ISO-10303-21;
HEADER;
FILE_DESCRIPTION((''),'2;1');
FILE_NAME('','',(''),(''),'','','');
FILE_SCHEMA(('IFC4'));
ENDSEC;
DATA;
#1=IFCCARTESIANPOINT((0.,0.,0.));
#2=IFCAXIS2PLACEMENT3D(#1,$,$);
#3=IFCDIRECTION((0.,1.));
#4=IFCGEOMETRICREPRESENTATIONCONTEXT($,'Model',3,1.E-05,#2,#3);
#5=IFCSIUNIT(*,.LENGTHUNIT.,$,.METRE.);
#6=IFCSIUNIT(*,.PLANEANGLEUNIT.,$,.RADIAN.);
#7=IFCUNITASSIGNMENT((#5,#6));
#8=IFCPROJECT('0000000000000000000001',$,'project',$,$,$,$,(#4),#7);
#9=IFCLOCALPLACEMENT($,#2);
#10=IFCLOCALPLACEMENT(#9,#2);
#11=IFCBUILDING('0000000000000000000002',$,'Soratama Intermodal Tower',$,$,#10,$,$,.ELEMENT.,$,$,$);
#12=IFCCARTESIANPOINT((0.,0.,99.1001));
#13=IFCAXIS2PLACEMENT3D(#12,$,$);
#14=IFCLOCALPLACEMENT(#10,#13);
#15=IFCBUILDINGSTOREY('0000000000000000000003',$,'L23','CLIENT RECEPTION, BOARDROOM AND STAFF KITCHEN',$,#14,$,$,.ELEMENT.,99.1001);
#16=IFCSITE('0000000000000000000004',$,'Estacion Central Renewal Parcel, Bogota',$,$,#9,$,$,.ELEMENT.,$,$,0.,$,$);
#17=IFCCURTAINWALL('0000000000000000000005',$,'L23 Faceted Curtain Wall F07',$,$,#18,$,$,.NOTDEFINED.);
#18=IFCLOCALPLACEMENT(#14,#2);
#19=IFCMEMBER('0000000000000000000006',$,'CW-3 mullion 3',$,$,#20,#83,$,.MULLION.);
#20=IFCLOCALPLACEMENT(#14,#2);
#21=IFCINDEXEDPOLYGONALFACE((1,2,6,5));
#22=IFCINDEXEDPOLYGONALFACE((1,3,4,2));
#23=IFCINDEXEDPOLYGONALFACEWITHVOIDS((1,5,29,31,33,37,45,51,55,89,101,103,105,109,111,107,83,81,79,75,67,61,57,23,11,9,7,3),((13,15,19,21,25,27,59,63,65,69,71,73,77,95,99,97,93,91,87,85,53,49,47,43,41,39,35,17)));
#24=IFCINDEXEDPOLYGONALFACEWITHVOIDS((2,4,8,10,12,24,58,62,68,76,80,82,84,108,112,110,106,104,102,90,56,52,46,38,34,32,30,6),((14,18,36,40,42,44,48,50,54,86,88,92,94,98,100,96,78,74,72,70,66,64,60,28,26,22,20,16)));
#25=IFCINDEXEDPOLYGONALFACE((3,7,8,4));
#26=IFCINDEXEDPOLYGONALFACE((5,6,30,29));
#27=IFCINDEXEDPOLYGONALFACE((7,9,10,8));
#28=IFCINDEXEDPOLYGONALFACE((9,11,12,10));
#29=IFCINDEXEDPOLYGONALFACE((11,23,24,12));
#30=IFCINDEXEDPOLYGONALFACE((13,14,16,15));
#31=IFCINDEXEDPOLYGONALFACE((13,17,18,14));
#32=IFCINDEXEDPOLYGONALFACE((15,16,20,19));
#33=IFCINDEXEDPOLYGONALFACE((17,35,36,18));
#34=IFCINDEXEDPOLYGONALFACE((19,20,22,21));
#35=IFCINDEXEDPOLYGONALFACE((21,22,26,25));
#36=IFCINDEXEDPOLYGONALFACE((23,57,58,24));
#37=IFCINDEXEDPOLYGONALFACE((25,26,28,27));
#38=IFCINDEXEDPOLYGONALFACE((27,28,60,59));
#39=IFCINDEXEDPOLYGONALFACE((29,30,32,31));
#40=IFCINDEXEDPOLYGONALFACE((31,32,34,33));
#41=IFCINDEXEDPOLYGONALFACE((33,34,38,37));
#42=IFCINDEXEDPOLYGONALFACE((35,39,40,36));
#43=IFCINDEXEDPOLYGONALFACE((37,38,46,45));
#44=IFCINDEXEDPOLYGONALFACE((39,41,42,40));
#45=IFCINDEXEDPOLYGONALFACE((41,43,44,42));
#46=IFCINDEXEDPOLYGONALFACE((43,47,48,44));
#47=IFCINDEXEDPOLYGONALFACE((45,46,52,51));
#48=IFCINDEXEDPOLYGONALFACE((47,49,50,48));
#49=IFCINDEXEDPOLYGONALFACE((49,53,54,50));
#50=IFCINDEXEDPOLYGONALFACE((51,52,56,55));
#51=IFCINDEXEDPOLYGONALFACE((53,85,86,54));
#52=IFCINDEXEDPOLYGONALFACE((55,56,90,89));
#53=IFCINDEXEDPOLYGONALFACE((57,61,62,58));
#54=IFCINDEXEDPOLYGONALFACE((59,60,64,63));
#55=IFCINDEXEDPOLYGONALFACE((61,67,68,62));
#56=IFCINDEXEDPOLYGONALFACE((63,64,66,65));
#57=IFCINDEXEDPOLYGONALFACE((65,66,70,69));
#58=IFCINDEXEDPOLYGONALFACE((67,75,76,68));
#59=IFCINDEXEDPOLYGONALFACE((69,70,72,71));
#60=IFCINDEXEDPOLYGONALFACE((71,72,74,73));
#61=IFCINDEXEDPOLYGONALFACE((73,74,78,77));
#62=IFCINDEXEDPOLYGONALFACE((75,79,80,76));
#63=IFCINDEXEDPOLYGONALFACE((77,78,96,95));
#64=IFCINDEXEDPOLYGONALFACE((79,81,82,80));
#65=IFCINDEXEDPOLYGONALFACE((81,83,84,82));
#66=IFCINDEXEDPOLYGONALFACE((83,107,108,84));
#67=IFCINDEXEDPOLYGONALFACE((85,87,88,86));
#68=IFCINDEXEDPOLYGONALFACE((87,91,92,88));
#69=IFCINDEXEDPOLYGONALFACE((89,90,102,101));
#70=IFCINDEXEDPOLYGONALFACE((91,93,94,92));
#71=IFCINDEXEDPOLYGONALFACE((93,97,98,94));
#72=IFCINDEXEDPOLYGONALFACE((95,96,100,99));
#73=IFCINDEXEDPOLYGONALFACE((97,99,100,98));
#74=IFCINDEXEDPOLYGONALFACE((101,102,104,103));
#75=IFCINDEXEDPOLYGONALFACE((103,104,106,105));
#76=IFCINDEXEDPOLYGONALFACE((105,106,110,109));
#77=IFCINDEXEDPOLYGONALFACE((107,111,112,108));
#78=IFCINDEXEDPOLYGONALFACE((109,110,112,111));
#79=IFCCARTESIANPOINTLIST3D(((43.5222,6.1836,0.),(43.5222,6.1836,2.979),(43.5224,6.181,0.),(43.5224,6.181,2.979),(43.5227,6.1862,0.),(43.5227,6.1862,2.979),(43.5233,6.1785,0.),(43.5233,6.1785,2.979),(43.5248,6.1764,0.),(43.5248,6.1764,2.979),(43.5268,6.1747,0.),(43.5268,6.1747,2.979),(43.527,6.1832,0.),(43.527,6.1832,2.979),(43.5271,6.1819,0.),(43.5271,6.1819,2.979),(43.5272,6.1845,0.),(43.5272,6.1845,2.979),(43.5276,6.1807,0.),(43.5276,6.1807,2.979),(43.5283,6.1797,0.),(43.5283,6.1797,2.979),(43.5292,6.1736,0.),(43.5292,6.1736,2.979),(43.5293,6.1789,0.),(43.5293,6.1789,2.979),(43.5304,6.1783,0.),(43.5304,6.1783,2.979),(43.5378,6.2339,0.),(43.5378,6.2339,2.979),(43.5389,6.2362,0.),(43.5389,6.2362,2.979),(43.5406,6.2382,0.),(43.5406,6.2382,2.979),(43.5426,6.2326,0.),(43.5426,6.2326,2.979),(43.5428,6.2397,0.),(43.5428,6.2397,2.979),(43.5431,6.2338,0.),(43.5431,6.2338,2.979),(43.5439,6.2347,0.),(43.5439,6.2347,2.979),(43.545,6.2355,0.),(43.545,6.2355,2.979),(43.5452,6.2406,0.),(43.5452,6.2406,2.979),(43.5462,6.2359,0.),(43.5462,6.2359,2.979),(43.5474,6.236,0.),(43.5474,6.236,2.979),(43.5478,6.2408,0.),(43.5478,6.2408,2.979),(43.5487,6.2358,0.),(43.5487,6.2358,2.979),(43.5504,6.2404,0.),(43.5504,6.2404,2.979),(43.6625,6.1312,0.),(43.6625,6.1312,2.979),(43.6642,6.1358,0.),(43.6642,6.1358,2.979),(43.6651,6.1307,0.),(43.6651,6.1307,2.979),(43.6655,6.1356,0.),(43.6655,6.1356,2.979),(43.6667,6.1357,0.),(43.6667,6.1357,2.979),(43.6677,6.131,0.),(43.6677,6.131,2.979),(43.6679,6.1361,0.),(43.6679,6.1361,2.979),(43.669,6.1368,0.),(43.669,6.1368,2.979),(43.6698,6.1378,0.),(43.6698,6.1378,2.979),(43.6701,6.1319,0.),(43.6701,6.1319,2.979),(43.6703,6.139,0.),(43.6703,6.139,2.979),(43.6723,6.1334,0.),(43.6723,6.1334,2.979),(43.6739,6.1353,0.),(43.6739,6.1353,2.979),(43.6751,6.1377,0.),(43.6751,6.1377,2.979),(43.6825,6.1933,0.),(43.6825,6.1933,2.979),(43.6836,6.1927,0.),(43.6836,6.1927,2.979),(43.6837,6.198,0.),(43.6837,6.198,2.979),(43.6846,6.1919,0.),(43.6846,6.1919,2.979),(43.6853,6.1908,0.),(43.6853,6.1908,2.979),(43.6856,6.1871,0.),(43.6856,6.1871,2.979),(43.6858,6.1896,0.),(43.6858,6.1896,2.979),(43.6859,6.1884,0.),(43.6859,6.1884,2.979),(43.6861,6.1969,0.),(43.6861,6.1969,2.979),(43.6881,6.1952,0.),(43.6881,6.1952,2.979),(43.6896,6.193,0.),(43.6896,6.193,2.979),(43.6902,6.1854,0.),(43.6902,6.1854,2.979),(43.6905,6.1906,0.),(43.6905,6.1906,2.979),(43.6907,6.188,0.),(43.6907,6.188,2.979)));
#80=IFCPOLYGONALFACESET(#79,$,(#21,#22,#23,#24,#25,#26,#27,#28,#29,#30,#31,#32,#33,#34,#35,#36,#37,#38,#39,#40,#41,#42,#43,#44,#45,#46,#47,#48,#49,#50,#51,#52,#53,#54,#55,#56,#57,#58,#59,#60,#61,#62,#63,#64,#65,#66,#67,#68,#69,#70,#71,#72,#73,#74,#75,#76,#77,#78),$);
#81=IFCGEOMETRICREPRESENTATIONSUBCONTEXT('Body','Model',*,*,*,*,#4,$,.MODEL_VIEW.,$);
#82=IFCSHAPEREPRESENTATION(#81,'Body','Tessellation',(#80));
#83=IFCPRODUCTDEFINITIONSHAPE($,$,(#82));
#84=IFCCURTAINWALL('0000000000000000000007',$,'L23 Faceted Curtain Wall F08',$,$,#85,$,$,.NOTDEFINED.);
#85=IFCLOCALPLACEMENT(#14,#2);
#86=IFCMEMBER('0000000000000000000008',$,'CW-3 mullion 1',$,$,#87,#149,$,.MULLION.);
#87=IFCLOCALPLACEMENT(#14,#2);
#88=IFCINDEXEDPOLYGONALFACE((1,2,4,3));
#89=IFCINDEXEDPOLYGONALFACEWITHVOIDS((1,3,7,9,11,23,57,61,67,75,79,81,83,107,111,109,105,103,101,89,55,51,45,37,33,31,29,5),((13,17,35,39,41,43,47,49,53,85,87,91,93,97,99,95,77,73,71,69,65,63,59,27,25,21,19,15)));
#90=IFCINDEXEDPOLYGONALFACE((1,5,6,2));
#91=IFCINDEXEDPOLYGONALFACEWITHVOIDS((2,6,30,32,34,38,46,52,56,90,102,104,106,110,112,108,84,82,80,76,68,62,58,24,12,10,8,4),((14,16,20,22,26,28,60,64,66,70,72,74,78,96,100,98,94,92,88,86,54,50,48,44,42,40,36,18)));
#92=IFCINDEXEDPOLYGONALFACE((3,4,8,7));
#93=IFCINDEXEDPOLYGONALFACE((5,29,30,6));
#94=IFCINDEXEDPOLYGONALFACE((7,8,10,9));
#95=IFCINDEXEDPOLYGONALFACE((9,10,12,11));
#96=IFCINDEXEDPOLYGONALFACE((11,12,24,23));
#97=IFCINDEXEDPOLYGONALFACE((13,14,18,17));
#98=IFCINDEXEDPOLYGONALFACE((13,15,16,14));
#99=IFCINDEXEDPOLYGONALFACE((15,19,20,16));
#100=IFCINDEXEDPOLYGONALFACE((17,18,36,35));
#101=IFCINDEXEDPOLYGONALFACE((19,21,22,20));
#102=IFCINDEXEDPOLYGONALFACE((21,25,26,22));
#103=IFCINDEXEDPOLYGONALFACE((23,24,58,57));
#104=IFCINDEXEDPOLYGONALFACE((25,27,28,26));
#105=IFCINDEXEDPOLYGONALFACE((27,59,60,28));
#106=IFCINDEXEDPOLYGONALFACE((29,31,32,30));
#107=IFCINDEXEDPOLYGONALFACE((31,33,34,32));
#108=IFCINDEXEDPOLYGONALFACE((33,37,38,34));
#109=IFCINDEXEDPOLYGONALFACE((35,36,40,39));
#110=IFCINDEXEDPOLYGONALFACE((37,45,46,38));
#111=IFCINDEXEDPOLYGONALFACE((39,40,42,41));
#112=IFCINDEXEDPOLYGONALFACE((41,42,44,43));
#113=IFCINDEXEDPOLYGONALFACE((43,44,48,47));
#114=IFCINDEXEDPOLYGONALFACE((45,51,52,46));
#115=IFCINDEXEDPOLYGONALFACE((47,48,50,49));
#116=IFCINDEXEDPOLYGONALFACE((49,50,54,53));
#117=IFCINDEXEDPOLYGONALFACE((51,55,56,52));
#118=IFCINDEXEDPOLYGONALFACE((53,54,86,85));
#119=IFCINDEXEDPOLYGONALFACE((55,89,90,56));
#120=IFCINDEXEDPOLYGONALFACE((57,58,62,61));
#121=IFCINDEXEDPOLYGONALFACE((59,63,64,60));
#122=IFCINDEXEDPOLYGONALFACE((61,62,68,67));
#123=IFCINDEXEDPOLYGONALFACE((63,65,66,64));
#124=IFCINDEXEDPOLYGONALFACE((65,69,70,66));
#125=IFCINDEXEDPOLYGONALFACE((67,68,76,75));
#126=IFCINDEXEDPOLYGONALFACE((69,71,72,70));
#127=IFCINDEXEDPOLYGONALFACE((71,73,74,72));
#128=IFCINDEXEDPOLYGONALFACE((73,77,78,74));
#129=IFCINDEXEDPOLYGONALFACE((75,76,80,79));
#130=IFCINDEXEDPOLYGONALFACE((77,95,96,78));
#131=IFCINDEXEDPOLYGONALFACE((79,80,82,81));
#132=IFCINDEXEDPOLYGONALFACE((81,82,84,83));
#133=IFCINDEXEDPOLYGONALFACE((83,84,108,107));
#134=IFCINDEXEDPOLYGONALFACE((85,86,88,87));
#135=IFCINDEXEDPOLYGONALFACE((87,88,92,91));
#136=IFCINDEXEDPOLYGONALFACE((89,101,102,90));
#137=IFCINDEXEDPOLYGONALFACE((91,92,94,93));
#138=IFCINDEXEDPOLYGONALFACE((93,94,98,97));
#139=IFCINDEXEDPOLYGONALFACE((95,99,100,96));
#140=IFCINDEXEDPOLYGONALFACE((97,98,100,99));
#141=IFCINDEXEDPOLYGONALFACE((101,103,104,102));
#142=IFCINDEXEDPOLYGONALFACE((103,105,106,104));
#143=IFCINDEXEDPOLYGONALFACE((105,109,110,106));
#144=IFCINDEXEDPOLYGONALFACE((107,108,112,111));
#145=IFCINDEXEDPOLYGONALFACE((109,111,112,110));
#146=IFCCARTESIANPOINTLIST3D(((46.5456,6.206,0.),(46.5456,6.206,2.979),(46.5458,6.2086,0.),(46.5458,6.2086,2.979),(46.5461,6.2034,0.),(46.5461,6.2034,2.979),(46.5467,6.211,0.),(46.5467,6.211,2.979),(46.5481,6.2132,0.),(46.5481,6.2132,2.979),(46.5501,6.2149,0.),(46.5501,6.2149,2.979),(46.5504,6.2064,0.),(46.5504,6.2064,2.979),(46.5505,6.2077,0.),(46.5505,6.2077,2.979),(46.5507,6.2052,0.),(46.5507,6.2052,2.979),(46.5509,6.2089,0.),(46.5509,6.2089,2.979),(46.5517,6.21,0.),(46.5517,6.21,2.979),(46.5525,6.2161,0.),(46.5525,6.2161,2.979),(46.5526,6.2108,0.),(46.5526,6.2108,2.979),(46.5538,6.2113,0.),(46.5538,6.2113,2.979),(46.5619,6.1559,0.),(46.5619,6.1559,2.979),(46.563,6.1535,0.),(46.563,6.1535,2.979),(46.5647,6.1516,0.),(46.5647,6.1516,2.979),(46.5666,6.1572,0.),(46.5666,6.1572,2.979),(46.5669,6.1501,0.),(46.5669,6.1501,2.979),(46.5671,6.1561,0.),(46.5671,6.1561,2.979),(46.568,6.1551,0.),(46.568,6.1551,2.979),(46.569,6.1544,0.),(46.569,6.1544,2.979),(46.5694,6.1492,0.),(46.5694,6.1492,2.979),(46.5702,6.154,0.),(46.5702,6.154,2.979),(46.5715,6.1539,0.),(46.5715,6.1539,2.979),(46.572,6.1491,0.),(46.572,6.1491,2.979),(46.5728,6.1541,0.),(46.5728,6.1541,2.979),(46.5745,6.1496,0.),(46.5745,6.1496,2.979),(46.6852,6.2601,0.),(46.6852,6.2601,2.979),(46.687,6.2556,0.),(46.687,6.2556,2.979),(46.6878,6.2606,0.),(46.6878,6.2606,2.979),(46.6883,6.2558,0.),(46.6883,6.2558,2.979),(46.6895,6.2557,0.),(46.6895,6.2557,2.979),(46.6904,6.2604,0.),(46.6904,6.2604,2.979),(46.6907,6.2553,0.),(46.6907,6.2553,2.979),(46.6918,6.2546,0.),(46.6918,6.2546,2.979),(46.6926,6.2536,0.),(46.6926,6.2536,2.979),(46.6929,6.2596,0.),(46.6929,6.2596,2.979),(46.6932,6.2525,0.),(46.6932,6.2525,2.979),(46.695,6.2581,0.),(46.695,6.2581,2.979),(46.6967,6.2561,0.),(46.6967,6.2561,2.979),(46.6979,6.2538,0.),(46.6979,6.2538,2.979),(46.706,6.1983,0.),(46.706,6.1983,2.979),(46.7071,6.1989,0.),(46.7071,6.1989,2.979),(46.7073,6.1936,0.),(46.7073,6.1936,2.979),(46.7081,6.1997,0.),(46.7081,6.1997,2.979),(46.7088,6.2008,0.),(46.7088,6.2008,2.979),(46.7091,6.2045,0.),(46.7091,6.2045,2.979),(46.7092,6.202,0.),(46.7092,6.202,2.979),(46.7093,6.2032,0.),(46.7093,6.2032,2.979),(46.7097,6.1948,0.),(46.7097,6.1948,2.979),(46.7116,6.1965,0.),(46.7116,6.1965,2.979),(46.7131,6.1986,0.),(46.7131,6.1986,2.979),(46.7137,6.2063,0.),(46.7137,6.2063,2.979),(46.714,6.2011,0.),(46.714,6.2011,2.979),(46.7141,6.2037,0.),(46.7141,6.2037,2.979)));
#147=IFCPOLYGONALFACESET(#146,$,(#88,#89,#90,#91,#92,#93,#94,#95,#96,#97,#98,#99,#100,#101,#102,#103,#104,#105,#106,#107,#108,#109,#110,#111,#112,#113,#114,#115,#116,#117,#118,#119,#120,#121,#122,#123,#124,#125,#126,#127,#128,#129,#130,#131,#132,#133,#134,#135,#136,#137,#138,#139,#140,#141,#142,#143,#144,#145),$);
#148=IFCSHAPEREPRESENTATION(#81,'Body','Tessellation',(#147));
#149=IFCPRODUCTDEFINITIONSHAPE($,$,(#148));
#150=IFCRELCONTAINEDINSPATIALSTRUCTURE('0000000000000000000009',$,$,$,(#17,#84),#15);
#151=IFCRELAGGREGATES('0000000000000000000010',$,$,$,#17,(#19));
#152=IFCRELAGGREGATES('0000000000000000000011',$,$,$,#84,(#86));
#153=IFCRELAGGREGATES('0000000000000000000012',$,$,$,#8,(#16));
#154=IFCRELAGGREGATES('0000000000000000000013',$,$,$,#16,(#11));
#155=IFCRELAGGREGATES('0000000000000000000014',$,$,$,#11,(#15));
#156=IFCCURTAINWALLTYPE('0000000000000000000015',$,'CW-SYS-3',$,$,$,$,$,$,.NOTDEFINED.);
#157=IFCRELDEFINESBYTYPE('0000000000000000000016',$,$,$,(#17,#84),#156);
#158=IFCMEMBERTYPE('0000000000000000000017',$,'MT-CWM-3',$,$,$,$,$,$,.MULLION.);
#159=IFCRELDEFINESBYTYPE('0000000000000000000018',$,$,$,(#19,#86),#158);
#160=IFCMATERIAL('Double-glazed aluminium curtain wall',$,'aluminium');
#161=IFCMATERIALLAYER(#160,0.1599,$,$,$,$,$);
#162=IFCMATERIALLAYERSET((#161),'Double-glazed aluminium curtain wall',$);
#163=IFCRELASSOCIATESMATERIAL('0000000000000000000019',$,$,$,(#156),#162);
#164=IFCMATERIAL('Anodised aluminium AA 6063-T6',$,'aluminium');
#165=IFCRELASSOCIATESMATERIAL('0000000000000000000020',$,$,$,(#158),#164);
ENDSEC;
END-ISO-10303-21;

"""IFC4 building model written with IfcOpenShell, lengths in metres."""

from ifc_helpers import new_model, si_unit, direction, frame, origin, origin_2d, place, context, subcontext, project, spatial, hollow_rectangle, extrude, material, layer, layer_set, material_profile, profile_set, type_object, element, aggregate, save


model = new_model("IFC4")

# Units and contexts
model_context = context("Model", 3, precision=1e-05, world=origin(), true_north=direction((0.0, 1.0)))
body_context = subcontext(model_context, "Body", "Model", "MODEL_VIEW")
ifc_project = project(units=[si_unit("LENGTHUNIT", "METRE"), si_unit("PLANEANGLEUNIT", "RADIAN")], contexts=[model_context])

# Site, building, storey
site_placement = place(None, origin())
site = spatial("IfcSite", under=ifc_project, at=site_placement, Name="Estacion Central Renewal Parcel, Bogota", CompositionType="ELEMENT", RefElevation=0.0)
building_placement = place(site_placement, origin())
building = spatial("IfcBuilding", under=site, at=building_placement, Name="Soratama Intermodal Tower", CompositionType="ELEMENT")
storey_placement = place(building_placement, frame((0.0, 0.0, 99.1001)))
storey = spatial("IfcBuildingStorey", under=building, at=storey_placement, Name="L23", Description="CLIENT RECEPTION, BOARDROOM AND STAFF KITCHEN", CompositionType="ELEMENT", Elevation=99.1001)

# Curtain wall, member
ifc_material_1 = material(Name="Double-glazed aluminium curtain wall", Category="aluminium")
ifc_layer_1 = layer(ifc_material_1, 0.1599)
ifc_layer_set_1 = layer_set([ifc_layer_1], Name="Double-glazed aluminium curtain wall")
curtain_wall_type = type_object("IfcCurtainWallType", Name="CW-SYS-3", PredefinedType="NOTDEFINED", material=ifc_layer_set_1)
curtain_wall_1_placement = place(storey_placement, origin())
curtain_wall_1 = element("IfcCurtainWall", 1, at=curtain_wall_1_placement, inside=storey, type_object=curtain_wall_type, Name="L23 Faceted Curtain Wall F07", PredefinedType="NOTDEFINED")
ifc_material_2 = material(Name="Anodised aluminium AA 6063-T6", Category="aluminium")
ifc_material_profile_1 = material_profile(ifc_material_2, hollow_rectangle(XDim=0.0701, YDim=0.1599, WallThickness=0.0049, InnerFilletRadius=0.0049, OuterFilletRadius=0.01, at=origin_2d()), Name="CWM160X70X5")
ifc_profile_set_1 = profile_set([ifc_material_profile_1], Name="Anodised aluminium AA 6063-T6")
member_type_1 = type_object("IfcMemberType", Name="MT-CWM-3", PredefinedType="MULLION", material=ifc_profile_set_1)
member_1_placement = place(storey_placement, frame((43.6064, 6.1858, 0.0), z_axis=(0.0, 0.0, 1.0), x_axis=(0.303034, 0.95298, 0.0)))
member_1 = element("IfcMember", 2, at=member_1_placement, type_object=member_type_1, Name="CW-3 mullion 3", PredefinedType="MULLION", context=body_context, shape_type="SweptSolid", body=[
    extrude(hollow_rectangle(XDim=0.0701, YDim=0.1599, WallThickness=0.0049, InnerFilletRadius=0.0049, OuterFilletRadius=0.01, at=origin_2d()), origin(), (0.0, 0.0, 1.0), 2.979),
])

# Curtain wall, member
curtain_wall_2_placement = place(storey_placement, origin())
curtain_wall_2 = element("IfcCurtainWall", 3, at=curtain_wall_2_placement, inside=storey, type_object=curtain_wall_type, Name="L23 Faceted Curtain Wall F08", PredefinedType="NOTDEFINED")
member_2_placement = place(storey_placement, frame((46.6299, 6.2048, 0.0), z_axis=(0.0, 0.0, 1.0), x_axis=(-0.314994, 0.949094, 0.0)))
member_2 = element("IfcMember", 4, at=member_2_placement, type_object=member_type_1, Name="CW-3 mullion 1", PredefinedType="MULLION", context=body_context, shape_type="SweptSolid", body=[
    extrude(hollow_rectangle(XDim=0.0701, YDim=0.1599, WallThickness=0.0049, InnerFilletRadius=0.0049, OuterFilletRadius=0.01, at=origin_2d()), origin(), (0.0, 0.0, 1.0), 2.979),
])

aggregate(curtain_wall_1, [member_1])
aggregate(curtain_wall_2, [member_2])

save(model, "model.ifc")
